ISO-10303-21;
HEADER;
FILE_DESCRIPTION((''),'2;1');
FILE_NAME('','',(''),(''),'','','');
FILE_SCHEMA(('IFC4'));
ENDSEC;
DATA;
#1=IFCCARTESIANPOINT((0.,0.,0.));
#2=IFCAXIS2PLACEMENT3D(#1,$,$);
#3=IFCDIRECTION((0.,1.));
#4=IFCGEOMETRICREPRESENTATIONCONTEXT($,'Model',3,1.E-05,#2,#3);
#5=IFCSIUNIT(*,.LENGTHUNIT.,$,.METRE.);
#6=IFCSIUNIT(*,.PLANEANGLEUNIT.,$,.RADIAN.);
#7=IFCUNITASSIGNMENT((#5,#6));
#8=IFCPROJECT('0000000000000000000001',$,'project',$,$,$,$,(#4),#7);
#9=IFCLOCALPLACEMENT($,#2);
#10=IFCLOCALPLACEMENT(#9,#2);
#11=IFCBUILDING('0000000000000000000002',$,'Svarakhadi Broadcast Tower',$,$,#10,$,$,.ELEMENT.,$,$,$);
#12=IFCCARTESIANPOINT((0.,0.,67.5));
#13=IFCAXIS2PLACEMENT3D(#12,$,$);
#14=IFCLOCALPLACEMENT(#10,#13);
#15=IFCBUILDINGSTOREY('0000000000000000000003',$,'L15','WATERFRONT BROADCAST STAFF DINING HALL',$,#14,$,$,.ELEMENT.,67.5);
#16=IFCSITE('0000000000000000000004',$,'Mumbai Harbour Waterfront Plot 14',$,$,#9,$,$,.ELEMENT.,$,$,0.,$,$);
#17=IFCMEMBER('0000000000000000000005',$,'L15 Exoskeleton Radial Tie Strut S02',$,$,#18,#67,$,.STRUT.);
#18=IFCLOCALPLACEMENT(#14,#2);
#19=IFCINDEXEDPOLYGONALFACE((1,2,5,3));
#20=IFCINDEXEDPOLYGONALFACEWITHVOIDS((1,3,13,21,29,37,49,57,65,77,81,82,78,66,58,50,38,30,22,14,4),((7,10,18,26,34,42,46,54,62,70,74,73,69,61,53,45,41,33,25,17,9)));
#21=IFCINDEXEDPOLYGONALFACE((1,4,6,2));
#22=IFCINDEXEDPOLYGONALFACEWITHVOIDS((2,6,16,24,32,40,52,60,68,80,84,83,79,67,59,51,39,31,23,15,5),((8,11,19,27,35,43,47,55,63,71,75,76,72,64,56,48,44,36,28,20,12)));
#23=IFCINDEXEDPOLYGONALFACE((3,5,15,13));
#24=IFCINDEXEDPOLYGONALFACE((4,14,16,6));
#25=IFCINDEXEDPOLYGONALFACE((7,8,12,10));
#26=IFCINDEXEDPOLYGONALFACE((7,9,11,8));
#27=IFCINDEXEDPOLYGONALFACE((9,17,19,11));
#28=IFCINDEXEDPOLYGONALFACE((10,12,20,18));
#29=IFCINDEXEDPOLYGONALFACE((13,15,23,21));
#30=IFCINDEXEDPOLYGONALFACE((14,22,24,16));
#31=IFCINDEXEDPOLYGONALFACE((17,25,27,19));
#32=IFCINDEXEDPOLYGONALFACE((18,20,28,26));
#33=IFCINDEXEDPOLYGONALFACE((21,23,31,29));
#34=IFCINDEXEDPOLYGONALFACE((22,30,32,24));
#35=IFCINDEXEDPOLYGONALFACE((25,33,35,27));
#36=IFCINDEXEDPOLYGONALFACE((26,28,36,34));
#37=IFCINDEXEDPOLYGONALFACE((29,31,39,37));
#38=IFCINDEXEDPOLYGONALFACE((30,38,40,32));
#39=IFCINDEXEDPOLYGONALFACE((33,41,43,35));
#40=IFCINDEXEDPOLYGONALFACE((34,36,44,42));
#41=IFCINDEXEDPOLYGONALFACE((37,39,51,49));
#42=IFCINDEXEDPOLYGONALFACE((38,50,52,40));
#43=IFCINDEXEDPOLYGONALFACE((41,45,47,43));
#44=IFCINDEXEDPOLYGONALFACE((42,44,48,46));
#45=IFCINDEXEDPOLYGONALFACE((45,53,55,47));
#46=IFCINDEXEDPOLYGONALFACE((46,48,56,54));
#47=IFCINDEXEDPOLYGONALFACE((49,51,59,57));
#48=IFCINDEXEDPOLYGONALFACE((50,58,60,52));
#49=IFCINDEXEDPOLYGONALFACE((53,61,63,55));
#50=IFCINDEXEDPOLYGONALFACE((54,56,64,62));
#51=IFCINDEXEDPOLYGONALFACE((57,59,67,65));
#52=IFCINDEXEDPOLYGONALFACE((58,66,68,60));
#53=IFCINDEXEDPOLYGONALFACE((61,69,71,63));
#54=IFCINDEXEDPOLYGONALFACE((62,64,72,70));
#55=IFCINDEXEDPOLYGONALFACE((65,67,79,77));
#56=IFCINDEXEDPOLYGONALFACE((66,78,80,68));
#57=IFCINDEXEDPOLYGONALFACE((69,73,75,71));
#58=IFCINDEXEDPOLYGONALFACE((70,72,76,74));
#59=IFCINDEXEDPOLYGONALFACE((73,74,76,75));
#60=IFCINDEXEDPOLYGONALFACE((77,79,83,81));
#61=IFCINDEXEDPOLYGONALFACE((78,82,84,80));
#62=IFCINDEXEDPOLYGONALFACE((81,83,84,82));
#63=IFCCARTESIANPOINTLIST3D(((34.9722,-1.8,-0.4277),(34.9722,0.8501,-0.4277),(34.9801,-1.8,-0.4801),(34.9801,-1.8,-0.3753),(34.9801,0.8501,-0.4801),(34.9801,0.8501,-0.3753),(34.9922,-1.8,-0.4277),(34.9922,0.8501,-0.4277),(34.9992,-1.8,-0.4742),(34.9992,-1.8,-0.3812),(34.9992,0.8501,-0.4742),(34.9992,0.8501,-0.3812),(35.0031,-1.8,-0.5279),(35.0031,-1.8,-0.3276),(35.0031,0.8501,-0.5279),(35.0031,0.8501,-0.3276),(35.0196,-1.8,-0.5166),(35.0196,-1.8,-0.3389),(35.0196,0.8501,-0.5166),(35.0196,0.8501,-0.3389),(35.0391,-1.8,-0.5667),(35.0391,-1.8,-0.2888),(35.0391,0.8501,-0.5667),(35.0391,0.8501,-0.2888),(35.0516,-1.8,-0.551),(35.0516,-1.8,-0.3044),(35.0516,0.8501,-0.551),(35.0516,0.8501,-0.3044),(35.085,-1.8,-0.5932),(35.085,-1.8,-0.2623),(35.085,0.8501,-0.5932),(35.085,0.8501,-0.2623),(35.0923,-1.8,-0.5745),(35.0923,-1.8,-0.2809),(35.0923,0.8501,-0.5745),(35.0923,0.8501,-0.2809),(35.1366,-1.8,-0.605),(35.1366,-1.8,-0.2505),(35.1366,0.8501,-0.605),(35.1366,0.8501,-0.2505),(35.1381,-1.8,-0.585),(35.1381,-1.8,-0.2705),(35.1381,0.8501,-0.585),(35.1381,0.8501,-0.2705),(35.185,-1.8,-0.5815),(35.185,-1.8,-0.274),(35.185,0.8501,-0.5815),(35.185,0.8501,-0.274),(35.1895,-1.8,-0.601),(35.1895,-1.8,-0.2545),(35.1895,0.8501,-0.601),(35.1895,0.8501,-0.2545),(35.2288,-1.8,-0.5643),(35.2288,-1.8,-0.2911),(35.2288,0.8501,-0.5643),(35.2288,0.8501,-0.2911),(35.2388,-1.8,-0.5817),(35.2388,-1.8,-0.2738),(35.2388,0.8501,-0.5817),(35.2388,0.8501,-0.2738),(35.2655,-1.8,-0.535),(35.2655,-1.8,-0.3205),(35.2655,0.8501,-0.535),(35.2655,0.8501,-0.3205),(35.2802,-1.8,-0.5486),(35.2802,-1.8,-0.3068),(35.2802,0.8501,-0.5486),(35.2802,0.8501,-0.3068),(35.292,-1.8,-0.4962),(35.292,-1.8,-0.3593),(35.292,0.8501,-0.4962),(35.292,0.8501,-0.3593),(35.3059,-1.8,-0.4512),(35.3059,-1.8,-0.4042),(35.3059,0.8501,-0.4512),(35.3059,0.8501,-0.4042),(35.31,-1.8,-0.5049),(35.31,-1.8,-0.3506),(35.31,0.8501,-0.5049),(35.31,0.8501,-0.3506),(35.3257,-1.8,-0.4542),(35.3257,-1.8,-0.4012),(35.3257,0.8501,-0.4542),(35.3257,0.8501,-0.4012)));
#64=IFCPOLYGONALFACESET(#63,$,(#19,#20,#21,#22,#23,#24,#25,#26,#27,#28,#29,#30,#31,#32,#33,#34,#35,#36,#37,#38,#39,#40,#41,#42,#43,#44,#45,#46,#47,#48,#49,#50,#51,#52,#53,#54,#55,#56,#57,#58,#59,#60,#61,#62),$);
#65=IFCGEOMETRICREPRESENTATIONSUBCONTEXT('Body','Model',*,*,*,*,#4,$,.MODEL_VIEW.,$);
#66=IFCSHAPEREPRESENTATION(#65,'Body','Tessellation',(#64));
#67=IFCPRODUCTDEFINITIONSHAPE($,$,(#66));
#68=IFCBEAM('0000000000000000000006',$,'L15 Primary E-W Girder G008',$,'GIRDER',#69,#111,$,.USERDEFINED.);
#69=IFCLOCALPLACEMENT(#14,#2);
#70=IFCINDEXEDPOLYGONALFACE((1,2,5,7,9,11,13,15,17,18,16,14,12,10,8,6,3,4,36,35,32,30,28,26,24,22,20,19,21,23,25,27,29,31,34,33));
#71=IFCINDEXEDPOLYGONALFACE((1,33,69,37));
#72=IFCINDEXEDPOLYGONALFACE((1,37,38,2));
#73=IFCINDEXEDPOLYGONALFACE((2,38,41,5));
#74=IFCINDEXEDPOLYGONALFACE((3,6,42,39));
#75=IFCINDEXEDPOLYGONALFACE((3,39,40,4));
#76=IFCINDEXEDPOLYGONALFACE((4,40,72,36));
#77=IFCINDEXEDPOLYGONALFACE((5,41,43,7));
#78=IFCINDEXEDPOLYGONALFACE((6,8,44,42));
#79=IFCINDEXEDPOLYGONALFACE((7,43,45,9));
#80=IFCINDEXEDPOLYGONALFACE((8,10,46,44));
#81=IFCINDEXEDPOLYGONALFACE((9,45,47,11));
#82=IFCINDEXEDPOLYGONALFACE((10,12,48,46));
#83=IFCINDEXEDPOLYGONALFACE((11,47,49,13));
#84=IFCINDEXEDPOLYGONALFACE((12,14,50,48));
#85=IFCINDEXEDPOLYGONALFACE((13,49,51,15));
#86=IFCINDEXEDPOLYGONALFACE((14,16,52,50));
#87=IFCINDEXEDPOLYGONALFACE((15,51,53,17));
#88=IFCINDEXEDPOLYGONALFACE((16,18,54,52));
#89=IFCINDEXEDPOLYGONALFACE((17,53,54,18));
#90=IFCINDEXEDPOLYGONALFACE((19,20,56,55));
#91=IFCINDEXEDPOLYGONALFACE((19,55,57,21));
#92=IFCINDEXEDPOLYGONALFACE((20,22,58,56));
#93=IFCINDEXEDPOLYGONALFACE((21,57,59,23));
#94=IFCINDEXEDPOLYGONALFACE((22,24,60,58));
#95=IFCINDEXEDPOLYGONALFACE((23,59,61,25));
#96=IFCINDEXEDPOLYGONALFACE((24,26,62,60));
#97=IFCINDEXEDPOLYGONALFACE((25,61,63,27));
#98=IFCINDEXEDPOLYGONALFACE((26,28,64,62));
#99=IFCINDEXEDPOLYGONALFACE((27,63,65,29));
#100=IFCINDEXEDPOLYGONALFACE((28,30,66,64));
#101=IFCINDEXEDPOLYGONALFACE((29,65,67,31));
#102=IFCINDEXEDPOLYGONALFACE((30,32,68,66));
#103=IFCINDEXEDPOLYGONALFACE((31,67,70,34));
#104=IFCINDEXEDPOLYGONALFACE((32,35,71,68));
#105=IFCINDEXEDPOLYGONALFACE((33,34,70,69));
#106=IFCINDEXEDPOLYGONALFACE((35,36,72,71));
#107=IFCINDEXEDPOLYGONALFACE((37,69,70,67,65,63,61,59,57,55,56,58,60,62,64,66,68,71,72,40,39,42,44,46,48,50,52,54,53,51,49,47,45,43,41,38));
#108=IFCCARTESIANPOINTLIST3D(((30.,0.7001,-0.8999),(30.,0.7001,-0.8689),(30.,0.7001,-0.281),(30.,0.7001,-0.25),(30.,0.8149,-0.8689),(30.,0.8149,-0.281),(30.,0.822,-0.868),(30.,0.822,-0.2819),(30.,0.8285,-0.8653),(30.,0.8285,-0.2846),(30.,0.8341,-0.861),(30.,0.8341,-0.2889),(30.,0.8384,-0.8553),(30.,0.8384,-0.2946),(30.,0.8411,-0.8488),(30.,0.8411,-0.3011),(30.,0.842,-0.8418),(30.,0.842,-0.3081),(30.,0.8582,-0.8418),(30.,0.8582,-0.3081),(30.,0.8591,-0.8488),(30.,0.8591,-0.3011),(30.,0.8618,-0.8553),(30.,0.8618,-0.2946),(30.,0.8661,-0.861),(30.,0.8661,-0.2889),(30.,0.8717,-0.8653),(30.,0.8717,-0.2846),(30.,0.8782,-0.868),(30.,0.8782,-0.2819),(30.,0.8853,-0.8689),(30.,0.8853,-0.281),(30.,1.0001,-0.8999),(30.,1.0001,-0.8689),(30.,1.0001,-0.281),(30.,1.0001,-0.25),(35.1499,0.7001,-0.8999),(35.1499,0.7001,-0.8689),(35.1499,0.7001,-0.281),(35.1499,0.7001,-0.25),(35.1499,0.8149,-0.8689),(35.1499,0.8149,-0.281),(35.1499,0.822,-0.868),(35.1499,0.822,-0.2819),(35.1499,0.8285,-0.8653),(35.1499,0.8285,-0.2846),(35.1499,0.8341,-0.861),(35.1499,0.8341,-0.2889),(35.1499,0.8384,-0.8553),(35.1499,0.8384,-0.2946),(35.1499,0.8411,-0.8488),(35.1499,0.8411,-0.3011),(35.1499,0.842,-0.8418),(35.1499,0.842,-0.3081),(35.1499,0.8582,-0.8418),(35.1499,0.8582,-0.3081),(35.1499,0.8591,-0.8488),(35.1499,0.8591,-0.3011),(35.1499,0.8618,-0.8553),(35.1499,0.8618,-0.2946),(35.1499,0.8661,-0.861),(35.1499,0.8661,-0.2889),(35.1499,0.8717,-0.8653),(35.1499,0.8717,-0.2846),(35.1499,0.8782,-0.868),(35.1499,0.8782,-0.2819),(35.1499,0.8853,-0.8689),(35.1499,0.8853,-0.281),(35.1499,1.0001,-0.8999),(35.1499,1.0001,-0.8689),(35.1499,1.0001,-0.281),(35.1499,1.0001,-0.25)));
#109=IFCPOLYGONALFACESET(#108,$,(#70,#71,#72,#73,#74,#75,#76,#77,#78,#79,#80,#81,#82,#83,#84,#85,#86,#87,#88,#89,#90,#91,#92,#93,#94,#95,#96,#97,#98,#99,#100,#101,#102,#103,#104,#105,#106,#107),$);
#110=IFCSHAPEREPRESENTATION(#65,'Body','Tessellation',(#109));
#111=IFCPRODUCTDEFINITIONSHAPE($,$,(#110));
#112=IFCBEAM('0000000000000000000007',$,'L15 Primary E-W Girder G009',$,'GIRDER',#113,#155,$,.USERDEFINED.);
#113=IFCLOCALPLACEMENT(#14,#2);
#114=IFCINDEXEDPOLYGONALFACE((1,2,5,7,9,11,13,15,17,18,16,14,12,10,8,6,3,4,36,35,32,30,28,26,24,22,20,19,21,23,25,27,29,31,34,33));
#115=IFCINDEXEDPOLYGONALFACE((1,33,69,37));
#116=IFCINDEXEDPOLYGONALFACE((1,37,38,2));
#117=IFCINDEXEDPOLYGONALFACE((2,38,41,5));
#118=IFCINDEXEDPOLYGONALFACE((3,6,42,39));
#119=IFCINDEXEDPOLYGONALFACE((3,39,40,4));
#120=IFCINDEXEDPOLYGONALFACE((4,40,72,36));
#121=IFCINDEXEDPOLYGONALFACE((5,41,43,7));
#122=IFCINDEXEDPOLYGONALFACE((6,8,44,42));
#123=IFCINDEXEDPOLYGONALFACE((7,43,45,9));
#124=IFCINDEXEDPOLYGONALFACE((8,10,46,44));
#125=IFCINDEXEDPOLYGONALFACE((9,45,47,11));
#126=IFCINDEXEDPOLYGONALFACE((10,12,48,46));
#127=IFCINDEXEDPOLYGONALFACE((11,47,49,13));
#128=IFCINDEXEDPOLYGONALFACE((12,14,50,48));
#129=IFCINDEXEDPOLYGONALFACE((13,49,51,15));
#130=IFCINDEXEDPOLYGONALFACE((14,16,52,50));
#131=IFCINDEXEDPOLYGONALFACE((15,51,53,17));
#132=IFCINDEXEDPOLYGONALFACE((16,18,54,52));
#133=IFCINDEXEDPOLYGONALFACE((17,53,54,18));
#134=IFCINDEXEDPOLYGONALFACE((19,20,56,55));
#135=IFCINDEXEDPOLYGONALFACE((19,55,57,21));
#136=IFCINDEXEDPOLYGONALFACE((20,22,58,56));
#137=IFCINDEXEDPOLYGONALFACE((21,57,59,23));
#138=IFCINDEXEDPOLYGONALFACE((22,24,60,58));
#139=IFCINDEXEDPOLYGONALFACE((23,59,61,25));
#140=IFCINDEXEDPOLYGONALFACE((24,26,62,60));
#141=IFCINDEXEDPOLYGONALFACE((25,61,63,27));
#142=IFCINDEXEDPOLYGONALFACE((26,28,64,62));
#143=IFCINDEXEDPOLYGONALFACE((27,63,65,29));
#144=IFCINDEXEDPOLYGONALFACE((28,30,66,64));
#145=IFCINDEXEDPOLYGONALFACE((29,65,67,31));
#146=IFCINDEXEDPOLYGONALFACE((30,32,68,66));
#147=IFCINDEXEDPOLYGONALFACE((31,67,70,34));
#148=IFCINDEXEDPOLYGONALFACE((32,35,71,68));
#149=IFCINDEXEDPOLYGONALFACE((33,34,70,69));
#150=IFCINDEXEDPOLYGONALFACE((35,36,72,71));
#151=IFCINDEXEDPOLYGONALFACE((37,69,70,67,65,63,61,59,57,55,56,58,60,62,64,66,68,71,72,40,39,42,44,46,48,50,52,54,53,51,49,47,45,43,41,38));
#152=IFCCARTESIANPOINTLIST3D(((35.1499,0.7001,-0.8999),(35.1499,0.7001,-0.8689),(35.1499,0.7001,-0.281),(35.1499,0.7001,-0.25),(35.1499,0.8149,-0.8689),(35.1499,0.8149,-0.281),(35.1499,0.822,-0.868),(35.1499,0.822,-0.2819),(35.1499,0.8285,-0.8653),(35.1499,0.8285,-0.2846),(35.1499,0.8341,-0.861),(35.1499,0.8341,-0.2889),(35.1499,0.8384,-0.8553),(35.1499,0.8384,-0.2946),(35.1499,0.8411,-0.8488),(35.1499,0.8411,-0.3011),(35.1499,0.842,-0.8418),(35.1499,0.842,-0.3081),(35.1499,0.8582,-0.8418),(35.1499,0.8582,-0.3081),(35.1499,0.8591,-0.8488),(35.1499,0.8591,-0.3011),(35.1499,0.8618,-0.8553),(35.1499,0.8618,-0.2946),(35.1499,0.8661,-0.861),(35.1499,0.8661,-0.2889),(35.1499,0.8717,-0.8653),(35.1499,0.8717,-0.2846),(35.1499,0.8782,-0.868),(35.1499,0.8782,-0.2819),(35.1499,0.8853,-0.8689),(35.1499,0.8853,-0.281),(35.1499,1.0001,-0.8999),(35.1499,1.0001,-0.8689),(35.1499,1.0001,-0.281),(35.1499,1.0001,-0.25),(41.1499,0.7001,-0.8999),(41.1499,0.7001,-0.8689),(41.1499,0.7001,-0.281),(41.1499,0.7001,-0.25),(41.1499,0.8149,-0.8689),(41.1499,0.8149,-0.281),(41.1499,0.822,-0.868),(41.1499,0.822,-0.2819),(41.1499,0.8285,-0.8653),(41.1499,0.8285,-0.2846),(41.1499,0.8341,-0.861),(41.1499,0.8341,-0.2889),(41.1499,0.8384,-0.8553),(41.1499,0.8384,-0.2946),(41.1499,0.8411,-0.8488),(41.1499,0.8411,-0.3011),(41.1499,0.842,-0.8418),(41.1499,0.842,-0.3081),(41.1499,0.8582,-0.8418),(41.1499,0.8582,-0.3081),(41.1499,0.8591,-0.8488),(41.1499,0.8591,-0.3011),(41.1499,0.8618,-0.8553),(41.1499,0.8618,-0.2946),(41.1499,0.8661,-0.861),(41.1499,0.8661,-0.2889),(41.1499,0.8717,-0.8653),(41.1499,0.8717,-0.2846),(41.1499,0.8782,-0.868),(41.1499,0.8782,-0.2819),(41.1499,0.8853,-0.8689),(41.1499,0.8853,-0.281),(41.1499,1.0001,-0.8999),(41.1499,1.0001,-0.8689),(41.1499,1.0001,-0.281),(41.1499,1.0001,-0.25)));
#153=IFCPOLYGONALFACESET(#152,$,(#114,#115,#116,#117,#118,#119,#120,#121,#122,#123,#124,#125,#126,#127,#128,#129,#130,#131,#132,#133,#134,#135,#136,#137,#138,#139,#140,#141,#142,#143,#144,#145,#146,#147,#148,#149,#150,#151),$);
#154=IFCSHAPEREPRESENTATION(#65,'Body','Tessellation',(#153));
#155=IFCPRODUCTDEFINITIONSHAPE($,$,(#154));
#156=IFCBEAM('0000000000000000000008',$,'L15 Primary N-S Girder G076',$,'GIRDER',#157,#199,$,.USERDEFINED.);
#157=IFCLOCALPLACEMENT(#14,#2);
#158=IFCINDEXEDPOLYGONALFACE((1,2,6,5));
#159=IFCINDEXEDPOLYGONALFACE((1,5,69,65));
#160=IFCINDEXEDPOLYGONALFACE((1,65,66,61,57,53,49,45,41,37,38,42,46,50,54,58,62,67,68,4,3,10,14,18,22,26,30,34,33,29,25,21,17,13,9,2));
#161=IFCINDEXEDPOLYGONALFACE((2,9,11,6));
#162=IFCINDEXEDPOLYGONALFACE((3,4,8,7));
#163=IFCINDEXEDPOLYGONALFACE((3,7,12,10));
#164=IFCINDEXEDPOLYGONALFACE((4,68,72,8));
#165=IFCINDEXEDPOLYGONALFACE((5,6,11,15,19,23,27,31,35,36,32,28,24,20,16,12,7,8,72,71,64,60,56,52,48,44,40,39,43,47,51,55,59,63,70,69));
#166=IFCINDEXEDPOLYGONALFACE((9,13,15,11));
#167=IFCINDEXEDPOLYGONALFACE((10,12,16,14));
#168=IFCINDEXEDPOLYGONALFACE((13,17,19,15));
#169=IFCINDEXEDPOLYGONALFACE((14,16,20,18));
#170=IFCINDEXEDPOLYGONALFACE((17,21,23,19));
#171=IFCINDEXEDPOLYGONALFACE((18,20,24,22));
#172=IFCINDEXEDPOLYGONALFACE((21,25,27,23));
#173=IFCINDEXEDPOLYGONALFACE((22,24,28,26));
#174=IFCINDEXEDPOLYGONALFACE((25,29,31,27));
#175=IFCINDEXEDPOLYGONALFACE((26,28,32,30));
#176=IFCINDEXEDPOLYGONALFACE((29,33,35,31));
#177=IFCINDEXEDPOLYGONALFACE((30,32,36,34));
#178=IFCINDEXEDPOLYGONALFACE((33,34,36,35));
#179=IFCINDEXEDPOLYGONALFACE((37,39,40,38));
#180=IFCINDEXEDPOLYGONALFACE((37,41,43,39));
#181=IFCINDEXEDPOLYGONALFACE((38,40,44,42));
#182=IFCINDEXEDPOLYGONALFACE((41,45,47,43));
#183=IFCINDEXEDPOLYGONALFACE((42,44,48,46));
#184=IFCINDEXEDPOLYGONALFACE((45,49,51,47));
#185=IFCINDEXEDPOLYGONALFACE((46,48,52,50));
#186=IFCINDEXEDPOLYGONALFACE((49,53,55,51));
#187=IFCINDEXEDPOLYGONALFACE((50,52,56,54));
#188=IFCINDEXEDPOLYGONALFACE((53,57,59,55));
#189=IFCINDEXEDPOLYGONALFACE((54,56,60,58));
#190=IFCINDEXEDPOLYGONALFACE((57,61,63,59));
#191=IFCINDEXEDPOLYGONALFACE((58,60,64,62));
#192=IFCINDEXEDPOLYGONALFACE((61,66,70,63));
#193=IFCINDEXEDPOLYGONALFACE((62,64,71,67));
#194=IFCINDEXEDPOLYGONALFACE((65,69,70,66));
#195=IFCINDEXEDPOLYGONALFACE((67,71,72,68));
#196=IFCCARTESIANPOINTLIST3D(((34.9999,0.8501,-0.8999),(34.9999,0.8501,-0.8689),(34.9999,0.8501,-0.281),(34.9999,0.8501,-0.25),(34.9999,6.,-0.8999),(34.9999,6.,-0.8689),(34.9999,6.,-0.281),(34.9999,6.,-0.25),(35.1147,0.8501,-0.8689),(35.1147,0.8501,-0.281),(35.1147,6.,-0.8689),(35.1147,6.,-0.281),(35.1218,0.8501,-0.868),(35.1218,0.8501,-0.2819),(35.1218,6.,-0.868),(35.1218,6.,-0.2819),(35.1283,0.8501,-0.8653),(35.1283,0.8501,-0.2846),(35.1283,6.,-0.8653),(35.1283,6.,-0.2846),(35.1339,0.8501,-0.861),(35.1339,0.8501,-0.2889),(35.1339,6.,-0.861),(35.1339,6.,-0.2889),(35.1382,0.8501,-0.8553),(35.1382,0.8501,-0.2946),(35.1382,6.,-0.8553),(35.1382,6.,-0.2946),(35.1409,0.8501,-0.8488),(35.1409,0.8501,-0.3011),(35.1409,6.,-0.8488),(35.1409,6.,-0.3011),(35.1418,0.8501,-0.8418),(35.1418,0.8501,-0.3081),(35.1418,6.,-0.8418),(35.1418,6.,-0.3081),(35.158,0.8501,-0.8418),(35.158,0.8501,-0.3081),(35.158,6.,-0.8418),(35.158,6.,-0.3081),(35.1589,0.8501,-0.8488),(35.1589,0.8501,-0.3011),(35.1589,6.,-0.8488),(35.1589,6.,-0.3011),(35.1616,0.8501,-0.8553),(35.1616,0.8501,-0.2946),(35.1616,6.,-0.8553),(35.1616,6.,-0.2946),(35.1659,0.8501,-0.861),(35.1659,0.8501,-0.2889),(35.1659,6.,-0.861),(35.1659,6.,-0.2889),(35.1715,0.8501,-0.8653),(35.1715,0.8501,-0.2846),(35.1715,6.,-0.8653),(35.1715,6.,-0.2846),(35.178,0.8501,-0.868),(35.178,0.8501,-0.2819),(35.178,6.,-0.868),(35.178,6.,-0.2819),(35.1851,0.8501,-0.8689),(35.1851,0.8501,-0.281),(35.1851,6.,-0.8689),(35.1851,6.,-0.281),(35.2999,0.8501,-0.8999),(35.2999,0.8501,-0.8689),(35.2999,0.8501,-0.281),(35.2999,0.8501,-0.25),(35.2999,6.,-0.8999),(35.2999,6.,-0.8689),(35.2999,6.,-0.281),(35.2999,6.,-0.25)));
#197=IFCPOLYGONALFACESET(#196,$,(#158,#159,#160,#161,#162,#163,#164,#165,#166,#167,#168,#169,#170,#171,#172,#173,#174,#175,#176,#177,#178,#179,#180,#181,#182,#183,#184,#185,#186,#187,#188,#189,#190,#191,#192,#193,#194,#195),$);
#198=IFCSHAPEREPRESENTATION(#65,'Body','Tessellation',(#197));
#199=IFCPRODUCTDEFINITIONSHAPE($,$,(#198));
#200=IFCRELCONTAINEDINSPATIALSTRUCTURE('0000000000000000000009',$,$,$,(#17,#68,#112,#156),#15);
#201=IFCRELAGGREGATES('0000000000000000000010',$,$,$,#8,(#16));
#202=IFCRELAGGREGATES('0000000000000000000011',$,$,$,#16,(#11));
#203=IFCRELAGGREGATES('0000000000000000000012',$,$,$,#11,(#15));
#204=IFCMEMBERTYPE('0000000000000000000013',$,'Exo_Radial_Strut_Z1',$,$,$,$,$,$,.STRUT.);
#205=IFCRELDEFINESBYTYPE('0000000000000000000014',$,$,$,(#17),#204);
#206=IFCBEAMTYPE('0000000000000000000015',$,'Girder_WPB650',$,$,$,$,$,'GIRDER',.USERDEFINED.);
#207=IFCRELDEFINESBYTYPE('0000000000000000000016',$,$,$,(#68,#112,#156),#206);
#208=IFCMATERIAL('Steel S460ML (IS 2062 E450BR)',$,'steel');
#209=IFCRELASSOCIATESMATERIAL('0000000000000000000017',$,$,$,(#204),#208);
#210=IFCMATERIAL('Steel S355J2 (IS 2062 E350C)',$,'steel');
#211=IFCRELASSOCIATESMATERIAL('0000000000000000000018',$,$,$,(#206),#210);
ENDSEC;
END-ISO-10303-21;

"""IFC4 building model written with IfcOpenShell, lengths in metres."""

from ifc_helpers import new_model, si_unit, direction, frame, origin, origin_2d, place, context, subcontext, project, spatial, hollow_circle, i_section, extrude, material, material_profile, profile_set, type_object, element, save


model = new_model("IFC4")

# Units and contexts
model_context = context("Model", 3, precision=1e-05, world=origin(), true_north=direction((0.0, 1.0)))
body_context = subcontext(model_context, "Body", "Model", "MODEL_VIEW")
ifc_project = project(units=[si_unit("LENGTHUNIT", "METRE"), si_unit("PLANEANGLEUNIT", "RADIAN")], contexts=[model_context])

# Site, building, storey
site_placement = place(None, origin())
site = spatial("IfcSite", under=ifc_project, at=site_placement, Name="Mumbai Harbour Waterfront Plot 14", CompositionType="ELEMENT", RefElevation=0.0)
building_placement = place(site_placement, origin())
building = spatial("IfcBuilding", under=site, at=building_placement, Name="Svarakhadi Broadcast Tower", CompositionType="ELEMENT")
storey_placement = place(building_placement, frame((0.0, 0.0, 67.5)))
storey = spatial("IfcBuildingStorey", under=building, at=storey_placement, Name="L15", Description="WATERFRONT BROADCAST STAFF DINING HALL", CompositionType="ELEMENT", Elevation=67.5)

# Shared definitions
ifc_material_1 = material(Name="Steel S460ML (IS 2062 E450BR)", Category="steel")

# Member
ifc_material_profile_1 = material_profile(ifc_material_1, hollow_circle(Radius=0.1777, WallThickness=0.02, at=origin_2d()), Name="CHS 355.6x20")
ifc_profile_set_1 = profile_set([ifc_material_profile_1], Name="Steel S460ML (IS 2062 E450BR)")
member_type_1 = type_object("IfcMemberType", Name="Exo_Radial_Strut_Z1", PredefinedType="STRUT", material=ifc_profile_set_1)
member_1_placement = place(storey_placement, frame((35.1499, -1.8, -0.4277), z_axis=(0.0, 1.0, 0.0), x_axis=(-1.0, 0.0, 0.0)))
element("IfcMember", 1, at=member_1_placement, inside=storey, type_object=member_type_1, Name="L15 Exoskeleton Radial Tie Strut S02", PredefinedType="STRUT", context=body_context, shape_type="SweptSolid", body=[
    extrude(hollow_circle(Radius=0.1777, WallThickness=0.02, at=origin_2d()), origin(), (0.0, 0.0, 1.0), 2.6501),
])

# Beams
ifc_material_2 = material(Name="Steel S355J2 (IS 2062 E350C)", Category="steel")
ifc_material_profile_2 = material_profile(ifc_material_2, i_section(OverallWidth=0.3, OverallDepth=0.6499, WebThickness=0.0161, FlangeThickness=0.031, FilletRadius=0.0271, at=origin_2d()), Name="WPB 650x300x225")
ifc_profile_set_2 = profile_set([ifc_material_profile_2], Name="Steel S355J2 (IS 2062 E350C)")
beam_type_1 = type_object("IfcBeamType", Name="Girder_WPB650", ElementType="GIRDER", PredefinedType="USERDEFINED", material=ifc_profile_set_2)
beam_1_placement = place(storey_placement, frame((30.0, 0.8501, -0.575), z_axis=(1.0, 0.0, 0.0), x_axis=(0.0, 1.0, 0.0)))
element("IfcBeam", 2, at=beam_1_placement, inside=storey, type_object=beam_type_1, Name="L15 Primary E-W Girder G008", ObjectType="GIRDER", PredefinedType="USERDEFINED", context=body_context, shape_type="SweptSolid", body=[
    extrude(i_section(OverallWidth=0.3, OverallDepth=0.6499, WebThickness=0.0161, FlangeThickness=0.031, FilletRadius=0.0271, at=origin_2d()), origin(), (0.0, 0.0, 1.0), 5.1499),
])
beam_2_placement = place(storey_placement, frame((35.1499, 0.8501, -0.575), z_axis=(1.0, 0.0, 0.0), x_axis=(0.0, 1.0, 0.0)))
element("IfcBeam", 3, at=beam_2_placement, inside=storey, type_object=beam_type_1, Name="L15 Primary E-W Girder G009", ObjectType="GIRDER", PredefinedType="USERDEFINED", context=body_context, shape_type="SweptSolid", body=[
    extrude(i_section(OverallWidth=0.3, OverallDepth=0.6499, WebThickness=0.0161, FlangeThickness=0.031, FilletRadius=0.0271, at=origin_2d()), origin(), (0.0, 0.0, 1.0), 6.0),
])
beam_3_placement = place(storey_placement, frame((35.1499, 0.8501, -0.575), z_axis=(0.0, 1.0, 0.0), x_axis=(-1.0, 0.0, 0.0)))
element("IfcBeam", 4, at=beam_3_placement, inside=storey, type_object=beam_type_1, Name="L15 Primary N-S Girder G076", ObjectType="GIRDER", PredefinedType="USERDEFINED", context=body_context, shape_type="SweptSolid", body=[
    extrude(i_section(OverallWidth=0.3, OverallDepth=0.6499, WebThickness=0.0161, FlangeThickness=0.031, FilletRadius=0.0271, at=origin_2d()), origin(), (0.0, 0.0, 1.0), 5.1499),
])

save(model, "model.ifc")
